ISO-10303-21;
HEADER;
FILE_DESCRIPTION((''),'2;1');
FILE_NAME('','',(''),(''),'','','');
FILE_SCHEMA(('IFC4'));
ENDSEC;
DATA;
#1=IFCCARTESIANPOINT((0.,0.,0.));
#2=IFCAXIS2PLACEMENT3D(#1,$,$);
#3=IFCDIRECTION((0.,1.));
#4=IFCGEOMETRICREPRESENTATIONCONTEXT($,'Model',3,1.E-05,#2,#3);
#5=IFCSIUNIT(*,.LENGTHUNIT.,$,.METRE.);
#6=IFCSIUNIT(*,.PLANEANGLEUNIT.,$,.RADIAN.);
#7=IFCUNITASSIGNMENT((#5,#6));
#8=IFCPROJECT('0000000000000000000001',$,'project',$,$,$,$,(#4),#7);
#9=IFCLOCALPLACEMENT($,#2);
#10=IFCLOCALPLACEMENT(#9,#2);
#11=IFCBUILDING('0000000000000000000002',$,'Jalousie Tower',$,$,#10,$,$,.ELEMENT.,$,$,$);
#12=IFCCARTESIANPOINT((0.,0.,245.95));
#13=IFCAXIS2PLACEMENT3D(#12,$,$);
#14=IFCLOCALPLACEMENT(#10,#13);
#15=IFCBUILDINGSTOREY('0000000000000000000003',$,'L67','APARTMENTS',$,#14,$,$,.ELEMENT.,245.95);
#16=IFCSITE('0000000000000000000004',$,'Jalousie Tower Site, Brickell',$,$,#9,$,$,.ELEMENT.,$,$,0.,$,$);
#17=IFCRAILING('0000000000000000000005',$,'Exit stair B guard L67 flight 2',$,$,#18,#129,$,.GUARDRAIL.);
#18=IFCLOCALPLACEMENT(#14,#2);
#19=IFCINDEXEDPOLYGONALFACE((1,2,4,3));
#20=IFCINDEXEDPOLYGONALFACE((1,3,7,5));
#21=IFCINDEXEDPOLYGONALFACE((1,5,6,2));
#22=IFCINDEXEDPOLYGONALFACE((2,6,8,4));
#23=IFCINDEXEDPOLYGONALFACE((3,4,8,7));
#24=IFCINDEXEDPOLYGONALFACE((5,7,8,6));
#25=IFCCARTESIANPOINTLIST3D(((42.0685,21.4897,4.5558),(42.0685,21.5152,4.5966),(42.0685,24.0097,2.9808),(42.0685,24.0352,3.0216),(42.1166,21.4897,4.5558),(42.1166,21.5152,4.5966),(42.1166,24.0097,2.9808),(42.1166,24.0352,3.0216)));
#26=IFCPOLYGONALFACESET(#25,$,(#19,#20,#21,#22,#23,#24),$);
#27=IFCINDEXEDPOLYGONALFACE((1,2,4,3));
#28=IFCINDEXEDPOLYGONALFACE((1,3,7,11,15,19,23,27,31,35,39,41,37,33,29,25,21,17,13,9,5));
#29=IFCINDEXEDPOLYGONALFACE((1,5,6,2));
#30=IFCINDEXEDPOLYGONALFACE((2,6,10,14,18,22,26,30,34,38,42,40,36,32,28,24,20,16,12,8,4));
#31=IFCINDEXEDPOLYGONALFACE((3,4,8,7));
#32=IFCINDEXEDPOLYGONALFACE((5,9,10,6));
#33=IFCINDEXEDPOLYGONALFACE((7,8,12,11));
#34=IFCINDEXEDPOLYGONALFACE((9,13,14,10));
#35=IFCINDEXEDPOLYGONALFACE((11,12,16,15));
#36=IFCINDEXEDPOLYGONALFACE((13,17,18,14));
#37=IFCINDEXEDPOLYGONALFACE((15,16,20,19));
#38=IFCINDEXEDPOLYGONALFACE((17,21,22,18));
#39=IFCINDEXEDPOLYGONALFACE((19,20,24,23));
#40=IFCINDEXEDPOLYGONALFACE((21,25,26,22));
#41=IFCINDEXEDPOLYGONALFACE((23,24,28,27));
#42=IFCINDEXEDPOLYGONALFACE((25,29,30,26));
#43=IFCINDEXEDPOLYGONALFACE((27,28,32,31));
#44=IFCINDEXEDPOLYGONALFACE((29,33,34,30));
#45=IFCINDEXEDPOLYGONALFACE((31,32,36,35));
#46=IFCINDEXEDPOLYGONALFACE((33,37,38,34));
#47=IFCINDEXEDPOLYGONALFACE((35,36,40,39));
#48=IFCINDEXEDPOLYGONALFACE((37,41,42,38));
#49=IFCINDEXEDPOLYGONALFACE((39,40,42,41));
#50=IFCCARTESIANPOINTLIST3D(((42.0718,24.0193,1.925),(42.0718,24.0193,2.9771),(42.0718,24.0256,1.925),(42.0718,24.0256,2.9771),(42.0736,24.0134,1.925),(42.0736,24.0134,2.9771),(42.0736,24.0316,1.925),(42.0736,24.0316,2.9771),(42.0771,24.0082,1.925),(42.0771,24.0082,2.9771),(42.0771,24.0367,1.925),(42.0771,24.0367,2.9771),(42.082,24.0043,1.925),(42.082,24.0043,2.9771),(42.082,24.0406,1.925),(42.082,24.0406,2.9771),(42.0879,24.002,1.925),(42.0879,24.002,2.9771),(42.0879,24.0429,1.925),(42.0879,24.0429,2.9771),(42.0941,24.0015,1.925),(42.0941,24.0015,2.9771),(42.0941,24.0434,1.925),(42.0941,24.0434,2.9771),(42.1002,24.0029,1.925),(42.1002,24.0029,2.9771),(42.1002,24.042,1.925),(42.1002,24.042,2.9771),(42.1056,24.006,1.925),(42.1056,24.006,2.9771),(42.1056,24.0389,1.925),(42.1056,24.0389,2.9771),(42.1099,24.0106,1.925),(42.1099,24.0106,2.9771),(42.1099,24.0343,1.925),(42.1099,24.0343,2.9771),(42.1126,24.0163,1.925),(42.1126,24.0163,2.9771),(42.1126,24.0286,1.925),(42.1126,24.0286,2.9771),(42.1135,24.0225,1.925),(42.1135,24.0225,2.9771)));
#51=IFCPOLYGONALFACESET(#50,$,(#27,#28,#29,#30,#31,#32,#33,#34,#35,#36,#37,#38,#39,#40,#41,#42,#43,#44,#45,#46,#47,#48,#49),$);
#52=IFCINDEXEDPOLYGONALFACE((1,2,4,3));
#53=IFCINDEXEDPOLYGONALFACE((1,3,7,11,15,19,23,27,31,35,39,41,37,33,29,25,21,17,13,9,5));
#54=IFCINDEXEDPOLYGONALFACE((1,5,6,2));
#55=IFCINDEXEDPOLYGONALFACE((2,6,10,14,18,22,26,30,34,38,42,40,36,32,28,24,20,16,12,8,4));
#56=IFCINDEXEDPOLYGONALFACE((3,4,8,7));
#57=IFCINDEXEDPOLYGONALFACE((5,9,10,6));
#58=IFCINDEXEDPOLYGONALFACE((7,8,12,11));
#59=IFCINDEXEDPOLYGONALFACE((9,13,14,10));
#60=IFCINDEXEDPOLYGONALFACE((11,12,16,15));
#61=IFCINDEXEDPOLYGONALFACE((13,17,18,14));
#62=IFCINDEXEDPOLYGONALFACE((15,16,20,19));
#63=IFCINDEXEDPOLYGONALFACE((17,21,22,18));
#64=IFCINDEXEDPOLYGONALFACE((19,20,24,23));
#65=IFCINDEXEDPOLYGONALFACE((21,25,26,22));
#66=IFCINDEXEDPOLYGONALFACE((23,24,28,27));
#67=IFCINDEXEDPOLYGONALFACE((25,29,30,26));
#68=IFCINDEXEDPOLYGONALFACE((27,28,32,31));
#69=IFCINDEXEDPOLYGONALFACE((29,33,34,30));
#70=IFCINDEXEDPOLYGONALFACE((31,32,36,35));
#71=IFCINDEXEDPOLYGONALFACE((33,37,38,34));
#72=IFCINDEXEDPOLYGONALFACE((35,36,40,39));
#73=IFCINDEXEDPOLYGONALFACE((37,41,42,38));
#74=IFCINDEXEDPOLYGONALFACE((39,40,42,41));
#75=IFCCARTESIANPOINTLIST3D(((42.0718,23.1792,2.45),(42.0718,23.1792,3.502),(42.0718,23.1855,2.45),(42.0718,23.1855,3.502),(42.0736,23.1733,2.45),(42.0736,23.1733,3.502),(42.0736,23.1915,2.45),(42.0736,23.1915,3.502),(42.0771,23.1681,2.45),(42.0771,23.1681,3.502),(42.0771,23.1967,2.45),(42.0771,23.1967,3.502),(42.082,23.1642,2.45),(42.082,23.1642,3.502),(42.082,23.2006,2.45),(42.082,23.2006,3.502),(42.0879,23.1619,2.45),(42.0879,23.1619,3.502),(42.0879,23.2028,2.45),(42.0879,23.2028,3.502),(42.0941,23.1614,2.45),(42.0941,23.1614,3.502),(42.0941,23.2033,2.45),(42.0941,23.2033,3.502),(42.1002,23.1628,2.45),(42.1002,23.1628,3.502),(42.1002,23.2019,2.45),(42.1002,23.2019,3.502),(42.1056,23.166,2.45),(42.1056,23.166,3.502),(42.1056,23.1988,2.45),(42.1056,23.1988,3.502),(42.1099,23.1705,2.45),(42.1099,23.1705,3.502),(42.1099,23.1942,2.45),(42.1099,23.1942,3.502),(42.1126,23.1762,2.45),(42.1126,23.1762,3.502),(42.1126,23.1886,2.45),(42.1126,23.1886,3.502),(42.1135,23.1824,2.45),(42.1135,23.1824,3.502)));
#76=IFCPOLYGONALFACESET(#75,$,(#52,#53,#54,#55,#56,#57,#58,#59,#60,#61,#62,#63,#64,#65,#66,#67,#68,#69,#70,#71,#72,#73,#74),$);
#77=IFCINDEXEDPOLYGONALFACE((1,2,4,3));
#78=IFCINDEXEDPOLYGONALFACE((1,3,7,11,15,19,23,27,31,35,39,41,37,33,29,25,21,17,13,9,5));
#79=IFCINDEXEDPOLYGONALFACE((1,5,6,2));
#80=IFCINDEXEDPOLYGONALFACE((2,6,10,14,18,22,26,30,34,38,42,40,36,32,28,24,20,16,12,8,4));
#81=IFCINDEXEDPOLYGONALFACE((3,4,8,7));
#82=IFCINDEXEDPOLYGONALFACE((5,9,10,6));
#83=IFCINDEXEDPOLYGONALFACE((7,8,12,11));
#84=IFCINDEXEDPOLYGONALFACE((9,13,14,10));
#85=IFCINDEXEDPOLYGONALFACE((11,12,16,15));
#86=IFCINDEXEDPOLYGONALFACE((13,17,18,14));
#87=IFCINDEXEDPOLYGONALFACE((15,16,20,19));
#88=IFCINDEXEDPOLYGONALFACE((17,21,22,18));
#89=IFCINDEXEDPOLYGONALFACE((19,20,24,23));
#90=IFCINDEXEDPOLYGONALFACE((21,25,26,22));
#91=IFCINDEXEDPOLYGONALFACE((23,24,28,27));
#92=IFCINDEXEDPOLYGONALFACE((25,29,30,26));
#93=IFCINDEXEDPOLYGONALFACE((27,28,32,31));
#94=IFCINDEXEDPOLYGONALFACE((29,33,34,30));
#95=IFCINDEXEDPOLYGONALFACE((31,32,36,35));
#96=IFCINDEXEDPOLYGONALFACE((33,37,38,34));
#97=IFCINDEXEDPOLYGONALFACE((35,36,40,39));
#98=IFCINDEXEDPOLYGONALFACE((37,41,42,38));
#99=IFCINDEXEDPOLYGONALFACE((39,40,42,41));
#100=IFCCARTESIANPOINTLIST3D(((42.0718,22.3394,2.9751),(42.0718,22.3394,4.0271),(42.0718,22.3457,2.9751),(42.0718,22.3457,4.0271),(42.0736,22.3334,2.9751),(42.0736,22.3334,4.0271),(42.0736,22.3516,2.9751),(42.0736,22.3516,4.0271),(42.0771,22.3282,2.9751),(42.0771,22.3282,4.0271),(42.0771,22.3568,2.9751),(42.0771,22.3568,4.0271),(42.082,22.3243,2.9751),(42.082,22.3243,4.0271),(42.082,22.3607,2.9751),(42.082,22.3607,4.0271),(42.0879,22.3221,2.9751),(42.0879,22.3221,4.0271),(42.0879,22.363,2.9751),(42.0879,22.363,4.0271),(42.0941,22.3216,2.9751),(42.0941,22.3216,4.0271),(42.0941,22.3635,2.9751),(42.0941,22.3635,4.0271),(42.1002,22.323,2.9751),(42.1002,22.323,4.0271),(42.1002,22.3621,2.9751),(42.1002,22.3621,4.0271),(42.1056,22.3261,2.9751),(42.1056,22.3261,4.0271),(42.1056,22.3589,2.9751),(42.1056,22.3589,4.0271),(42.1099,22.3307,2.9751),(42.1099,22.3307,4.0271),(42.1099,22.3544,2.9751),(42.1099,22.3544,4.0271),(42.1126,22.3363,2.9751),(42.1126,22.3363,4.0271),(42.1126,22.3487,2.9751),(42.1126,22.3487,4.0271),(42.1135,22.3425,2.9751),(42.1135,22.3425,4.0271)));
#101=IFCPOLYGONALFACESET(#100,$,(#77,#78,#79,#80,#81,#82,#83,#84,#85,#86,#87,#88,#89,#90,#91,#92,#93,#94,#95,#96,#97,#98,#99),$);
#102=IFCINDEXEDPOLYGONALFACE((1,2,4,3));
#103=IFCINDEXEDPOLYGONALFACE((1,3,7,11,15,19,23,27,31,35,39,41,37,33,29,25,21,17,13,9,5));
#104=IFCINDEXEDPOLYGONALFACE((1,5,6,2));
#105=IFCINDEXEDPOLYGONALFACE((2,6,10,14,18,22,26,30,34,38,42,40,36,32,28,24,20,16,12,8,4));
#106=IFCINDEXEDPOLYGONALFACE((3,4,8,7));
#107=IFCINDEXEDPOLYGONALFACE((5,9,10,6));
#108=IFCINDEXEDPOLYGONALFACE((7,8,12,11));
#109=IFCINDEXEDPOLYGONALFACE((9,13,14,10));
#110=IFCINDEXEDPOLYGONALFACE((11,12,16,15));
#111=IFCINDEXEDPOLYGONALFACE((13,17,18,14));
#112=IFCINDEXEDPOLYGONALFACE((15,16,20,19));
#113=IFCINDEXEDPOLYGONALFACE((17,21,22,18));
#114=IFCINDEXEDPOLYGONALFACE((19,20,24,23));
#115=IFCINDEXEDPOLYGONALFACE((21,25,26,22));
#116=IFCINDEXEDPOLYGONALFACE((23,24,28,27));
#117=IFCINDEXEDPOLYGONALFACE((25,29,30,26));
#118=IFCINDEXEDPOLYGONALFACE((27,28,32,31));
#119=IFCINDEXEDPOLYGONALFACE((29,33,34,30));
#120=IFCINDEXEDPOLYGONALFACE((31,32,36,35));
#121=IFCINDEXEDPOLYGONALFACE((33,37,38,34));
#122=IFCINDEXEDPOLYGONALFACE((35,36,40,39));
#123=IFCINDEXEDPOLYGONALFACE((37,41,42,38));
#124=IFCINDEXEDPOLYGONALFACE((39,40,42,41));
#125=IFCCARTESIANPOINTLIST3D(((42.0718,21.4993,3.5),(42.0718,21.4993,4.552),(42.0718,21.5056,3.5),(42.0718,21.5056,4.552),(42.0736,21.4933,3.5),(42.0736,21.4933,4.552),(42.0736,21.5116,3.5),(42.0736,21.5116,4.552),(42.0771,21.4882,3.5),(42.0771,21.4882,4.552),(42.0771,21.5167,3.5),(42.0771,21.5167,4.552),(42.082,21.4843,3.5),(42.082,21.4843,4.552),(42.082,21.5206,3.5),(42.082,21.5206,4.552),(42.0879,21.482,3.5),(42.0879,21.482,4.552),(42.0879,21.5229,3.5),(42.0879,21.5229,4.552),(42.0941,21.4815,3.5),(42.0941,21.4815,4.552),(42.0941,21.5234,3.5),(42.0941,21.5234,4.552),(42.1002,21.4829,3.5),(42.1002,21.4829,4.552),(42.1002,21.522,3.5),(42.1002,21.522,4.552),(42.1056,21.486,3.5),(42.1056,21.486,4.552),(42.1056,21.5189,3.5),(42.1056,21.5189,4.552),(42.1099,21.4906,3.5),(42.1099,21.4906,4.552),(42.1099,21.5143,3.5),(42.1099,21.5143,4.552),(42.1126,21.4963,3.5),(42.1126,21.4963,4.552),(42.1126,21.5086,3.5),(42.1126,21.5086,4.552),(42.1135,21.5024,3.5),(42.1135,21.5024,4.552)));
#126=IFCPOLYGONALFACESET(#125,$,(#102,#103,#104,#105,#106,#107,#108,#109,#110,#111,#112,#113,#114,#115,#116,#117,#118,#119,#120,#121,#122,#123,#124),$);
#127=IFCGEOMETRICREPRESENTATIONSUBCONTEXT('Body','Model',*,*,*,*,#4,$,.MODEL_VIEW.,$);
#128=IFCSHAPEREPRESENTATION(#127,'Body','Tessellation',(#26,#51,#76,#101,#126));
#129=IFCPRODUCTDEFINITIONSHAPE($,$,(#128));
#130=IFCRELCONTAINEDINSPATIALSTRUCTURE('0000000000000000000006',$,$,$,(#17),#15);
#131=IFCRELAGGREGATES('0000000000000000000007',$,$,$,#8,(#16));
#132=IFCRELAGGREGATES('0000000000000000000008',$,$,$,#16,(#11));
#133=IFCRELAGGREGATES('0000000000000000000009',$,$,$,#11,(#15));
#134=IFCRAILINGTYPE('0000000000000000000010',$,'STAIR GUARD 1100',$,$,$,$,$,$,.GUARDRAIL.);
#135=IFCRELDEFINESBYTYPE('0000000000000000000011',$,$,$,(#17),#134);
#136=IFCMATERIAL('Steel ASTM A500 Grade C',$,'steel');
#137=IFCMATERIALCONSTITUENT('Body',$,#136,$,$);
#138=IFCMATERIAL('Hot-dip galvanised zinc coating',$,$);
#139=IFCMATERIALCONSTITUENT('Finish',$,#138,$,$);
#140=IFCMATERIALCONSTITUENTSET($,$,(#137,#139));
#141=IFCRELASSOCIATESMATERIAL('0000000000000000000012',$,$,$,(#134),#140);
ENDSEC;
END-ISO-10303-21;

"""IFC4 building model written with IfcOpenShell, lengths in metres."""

from ifc_helpers import new_model, si_unit, direction, frame, origin, origin_2d, place, context, subcontext, project, spatial, rectangle, circle, extrude, material, constituent, constituent_set, type_object, element, save


model = new_model("IFC4")

# Units and contexts
model_context = context("Model", 3, precision=1e-05, world=origin(), true_north=direction((0.0, 1.0)))
body_context = subcontext(model_context, "Body", "Model", "MODEL_VIEW")
ifc_project = project(units=[si_unit("LENGTHUNIT", "METRE"), si_unit("PLANEANGLEUNIT", "RADIAN")], contexts=[model_context])

# Site, building, storey
site_placement = place(None, origin())
site = spatial("IfcSite", under=ifc_project, at=site_placement, Name="Jalousie Tower Site, Brickell", CompositionType="ELEMENT", RefElevation=0.0)
building_placement = place(site_placement, origin())
building = spatial("IfcBuilding", under=site, at=building_placement, Name="Jalousie Tower", CompositionType="ELEMENT")
storey_placement = place(building_placement, frame((0.0, 0.0, 245.95)))
storey = spatial("IfcBuildingStorey", under=building, at=storey_placement, Name="L67", Description="APARTMENTS", CompositionType="ELEMENT", Elevation=245.95)

# Railing
ifc_material_1 = material(Name="Steel ASTM A500 Grade C", Category="steel")
ifc_constituent_1 = constituent(ifc_material_1, Name="Body")
ifc_material_2 = material(Name="Hot-dip galvanised zinc coating")
ifc_constituent_2 = constituent(ifc_material_2, Name="Finish")
ifc_constituent_set_1 = constituent_set(constituents=[ifc_constituent_1, ifc_constituent_2])
railing_type_1 = type_object("IfcRailingType", Name="STAIR GUARD 1100", PredefinedType="GUARDRAIL", material=ifc_constituent_set_1)
railing_1_placement = place(storey_placement, frame((42.0925, 24.0225, 1.925)))
element("IfcRailing", 1, at=railing_1_placement, inside=storey, type_object=railing_type_1, Name="Exit stair B guard L67 flight 2", PredefinedType="GUARDRAIL", context=body_context, shape_type="SweptSolid", body=[
    extrude(rectangle(XDim=0.0481, YDim=0.0481, at=origin_2d()), frame((0.0, 0.0, 1.0762), z_axis=(0.0, -0.848008, 0.529984), x_axis=(1.0, 0.0, 0.0)), (0.0, 0.0, 1.0), 2.9717),
    extrude(circle(Radius=0.021, at=origin_2d()), origin(), (0.0, 0.0, 1.0), 1.052),
    extrude(circle(Radius=0.021, at=origin_2d()), frame((0.0, -0.8401, 0.5249)), (0.0, 0.0, 1.0), 1.052),
    extrude(circle(Radius=0.021, at=origin_2d()), frame((0.0, -1.6799, 1.05)), (0.0, 0.0, 1.0), 1.052),
    extrude(circle(Radius=0.021, at=origin_2d()), frame((0.0, -2.52, 1.575)), (0.0, 0.0, 1.0), 1.052),
])

save(model, "model.ifc")
